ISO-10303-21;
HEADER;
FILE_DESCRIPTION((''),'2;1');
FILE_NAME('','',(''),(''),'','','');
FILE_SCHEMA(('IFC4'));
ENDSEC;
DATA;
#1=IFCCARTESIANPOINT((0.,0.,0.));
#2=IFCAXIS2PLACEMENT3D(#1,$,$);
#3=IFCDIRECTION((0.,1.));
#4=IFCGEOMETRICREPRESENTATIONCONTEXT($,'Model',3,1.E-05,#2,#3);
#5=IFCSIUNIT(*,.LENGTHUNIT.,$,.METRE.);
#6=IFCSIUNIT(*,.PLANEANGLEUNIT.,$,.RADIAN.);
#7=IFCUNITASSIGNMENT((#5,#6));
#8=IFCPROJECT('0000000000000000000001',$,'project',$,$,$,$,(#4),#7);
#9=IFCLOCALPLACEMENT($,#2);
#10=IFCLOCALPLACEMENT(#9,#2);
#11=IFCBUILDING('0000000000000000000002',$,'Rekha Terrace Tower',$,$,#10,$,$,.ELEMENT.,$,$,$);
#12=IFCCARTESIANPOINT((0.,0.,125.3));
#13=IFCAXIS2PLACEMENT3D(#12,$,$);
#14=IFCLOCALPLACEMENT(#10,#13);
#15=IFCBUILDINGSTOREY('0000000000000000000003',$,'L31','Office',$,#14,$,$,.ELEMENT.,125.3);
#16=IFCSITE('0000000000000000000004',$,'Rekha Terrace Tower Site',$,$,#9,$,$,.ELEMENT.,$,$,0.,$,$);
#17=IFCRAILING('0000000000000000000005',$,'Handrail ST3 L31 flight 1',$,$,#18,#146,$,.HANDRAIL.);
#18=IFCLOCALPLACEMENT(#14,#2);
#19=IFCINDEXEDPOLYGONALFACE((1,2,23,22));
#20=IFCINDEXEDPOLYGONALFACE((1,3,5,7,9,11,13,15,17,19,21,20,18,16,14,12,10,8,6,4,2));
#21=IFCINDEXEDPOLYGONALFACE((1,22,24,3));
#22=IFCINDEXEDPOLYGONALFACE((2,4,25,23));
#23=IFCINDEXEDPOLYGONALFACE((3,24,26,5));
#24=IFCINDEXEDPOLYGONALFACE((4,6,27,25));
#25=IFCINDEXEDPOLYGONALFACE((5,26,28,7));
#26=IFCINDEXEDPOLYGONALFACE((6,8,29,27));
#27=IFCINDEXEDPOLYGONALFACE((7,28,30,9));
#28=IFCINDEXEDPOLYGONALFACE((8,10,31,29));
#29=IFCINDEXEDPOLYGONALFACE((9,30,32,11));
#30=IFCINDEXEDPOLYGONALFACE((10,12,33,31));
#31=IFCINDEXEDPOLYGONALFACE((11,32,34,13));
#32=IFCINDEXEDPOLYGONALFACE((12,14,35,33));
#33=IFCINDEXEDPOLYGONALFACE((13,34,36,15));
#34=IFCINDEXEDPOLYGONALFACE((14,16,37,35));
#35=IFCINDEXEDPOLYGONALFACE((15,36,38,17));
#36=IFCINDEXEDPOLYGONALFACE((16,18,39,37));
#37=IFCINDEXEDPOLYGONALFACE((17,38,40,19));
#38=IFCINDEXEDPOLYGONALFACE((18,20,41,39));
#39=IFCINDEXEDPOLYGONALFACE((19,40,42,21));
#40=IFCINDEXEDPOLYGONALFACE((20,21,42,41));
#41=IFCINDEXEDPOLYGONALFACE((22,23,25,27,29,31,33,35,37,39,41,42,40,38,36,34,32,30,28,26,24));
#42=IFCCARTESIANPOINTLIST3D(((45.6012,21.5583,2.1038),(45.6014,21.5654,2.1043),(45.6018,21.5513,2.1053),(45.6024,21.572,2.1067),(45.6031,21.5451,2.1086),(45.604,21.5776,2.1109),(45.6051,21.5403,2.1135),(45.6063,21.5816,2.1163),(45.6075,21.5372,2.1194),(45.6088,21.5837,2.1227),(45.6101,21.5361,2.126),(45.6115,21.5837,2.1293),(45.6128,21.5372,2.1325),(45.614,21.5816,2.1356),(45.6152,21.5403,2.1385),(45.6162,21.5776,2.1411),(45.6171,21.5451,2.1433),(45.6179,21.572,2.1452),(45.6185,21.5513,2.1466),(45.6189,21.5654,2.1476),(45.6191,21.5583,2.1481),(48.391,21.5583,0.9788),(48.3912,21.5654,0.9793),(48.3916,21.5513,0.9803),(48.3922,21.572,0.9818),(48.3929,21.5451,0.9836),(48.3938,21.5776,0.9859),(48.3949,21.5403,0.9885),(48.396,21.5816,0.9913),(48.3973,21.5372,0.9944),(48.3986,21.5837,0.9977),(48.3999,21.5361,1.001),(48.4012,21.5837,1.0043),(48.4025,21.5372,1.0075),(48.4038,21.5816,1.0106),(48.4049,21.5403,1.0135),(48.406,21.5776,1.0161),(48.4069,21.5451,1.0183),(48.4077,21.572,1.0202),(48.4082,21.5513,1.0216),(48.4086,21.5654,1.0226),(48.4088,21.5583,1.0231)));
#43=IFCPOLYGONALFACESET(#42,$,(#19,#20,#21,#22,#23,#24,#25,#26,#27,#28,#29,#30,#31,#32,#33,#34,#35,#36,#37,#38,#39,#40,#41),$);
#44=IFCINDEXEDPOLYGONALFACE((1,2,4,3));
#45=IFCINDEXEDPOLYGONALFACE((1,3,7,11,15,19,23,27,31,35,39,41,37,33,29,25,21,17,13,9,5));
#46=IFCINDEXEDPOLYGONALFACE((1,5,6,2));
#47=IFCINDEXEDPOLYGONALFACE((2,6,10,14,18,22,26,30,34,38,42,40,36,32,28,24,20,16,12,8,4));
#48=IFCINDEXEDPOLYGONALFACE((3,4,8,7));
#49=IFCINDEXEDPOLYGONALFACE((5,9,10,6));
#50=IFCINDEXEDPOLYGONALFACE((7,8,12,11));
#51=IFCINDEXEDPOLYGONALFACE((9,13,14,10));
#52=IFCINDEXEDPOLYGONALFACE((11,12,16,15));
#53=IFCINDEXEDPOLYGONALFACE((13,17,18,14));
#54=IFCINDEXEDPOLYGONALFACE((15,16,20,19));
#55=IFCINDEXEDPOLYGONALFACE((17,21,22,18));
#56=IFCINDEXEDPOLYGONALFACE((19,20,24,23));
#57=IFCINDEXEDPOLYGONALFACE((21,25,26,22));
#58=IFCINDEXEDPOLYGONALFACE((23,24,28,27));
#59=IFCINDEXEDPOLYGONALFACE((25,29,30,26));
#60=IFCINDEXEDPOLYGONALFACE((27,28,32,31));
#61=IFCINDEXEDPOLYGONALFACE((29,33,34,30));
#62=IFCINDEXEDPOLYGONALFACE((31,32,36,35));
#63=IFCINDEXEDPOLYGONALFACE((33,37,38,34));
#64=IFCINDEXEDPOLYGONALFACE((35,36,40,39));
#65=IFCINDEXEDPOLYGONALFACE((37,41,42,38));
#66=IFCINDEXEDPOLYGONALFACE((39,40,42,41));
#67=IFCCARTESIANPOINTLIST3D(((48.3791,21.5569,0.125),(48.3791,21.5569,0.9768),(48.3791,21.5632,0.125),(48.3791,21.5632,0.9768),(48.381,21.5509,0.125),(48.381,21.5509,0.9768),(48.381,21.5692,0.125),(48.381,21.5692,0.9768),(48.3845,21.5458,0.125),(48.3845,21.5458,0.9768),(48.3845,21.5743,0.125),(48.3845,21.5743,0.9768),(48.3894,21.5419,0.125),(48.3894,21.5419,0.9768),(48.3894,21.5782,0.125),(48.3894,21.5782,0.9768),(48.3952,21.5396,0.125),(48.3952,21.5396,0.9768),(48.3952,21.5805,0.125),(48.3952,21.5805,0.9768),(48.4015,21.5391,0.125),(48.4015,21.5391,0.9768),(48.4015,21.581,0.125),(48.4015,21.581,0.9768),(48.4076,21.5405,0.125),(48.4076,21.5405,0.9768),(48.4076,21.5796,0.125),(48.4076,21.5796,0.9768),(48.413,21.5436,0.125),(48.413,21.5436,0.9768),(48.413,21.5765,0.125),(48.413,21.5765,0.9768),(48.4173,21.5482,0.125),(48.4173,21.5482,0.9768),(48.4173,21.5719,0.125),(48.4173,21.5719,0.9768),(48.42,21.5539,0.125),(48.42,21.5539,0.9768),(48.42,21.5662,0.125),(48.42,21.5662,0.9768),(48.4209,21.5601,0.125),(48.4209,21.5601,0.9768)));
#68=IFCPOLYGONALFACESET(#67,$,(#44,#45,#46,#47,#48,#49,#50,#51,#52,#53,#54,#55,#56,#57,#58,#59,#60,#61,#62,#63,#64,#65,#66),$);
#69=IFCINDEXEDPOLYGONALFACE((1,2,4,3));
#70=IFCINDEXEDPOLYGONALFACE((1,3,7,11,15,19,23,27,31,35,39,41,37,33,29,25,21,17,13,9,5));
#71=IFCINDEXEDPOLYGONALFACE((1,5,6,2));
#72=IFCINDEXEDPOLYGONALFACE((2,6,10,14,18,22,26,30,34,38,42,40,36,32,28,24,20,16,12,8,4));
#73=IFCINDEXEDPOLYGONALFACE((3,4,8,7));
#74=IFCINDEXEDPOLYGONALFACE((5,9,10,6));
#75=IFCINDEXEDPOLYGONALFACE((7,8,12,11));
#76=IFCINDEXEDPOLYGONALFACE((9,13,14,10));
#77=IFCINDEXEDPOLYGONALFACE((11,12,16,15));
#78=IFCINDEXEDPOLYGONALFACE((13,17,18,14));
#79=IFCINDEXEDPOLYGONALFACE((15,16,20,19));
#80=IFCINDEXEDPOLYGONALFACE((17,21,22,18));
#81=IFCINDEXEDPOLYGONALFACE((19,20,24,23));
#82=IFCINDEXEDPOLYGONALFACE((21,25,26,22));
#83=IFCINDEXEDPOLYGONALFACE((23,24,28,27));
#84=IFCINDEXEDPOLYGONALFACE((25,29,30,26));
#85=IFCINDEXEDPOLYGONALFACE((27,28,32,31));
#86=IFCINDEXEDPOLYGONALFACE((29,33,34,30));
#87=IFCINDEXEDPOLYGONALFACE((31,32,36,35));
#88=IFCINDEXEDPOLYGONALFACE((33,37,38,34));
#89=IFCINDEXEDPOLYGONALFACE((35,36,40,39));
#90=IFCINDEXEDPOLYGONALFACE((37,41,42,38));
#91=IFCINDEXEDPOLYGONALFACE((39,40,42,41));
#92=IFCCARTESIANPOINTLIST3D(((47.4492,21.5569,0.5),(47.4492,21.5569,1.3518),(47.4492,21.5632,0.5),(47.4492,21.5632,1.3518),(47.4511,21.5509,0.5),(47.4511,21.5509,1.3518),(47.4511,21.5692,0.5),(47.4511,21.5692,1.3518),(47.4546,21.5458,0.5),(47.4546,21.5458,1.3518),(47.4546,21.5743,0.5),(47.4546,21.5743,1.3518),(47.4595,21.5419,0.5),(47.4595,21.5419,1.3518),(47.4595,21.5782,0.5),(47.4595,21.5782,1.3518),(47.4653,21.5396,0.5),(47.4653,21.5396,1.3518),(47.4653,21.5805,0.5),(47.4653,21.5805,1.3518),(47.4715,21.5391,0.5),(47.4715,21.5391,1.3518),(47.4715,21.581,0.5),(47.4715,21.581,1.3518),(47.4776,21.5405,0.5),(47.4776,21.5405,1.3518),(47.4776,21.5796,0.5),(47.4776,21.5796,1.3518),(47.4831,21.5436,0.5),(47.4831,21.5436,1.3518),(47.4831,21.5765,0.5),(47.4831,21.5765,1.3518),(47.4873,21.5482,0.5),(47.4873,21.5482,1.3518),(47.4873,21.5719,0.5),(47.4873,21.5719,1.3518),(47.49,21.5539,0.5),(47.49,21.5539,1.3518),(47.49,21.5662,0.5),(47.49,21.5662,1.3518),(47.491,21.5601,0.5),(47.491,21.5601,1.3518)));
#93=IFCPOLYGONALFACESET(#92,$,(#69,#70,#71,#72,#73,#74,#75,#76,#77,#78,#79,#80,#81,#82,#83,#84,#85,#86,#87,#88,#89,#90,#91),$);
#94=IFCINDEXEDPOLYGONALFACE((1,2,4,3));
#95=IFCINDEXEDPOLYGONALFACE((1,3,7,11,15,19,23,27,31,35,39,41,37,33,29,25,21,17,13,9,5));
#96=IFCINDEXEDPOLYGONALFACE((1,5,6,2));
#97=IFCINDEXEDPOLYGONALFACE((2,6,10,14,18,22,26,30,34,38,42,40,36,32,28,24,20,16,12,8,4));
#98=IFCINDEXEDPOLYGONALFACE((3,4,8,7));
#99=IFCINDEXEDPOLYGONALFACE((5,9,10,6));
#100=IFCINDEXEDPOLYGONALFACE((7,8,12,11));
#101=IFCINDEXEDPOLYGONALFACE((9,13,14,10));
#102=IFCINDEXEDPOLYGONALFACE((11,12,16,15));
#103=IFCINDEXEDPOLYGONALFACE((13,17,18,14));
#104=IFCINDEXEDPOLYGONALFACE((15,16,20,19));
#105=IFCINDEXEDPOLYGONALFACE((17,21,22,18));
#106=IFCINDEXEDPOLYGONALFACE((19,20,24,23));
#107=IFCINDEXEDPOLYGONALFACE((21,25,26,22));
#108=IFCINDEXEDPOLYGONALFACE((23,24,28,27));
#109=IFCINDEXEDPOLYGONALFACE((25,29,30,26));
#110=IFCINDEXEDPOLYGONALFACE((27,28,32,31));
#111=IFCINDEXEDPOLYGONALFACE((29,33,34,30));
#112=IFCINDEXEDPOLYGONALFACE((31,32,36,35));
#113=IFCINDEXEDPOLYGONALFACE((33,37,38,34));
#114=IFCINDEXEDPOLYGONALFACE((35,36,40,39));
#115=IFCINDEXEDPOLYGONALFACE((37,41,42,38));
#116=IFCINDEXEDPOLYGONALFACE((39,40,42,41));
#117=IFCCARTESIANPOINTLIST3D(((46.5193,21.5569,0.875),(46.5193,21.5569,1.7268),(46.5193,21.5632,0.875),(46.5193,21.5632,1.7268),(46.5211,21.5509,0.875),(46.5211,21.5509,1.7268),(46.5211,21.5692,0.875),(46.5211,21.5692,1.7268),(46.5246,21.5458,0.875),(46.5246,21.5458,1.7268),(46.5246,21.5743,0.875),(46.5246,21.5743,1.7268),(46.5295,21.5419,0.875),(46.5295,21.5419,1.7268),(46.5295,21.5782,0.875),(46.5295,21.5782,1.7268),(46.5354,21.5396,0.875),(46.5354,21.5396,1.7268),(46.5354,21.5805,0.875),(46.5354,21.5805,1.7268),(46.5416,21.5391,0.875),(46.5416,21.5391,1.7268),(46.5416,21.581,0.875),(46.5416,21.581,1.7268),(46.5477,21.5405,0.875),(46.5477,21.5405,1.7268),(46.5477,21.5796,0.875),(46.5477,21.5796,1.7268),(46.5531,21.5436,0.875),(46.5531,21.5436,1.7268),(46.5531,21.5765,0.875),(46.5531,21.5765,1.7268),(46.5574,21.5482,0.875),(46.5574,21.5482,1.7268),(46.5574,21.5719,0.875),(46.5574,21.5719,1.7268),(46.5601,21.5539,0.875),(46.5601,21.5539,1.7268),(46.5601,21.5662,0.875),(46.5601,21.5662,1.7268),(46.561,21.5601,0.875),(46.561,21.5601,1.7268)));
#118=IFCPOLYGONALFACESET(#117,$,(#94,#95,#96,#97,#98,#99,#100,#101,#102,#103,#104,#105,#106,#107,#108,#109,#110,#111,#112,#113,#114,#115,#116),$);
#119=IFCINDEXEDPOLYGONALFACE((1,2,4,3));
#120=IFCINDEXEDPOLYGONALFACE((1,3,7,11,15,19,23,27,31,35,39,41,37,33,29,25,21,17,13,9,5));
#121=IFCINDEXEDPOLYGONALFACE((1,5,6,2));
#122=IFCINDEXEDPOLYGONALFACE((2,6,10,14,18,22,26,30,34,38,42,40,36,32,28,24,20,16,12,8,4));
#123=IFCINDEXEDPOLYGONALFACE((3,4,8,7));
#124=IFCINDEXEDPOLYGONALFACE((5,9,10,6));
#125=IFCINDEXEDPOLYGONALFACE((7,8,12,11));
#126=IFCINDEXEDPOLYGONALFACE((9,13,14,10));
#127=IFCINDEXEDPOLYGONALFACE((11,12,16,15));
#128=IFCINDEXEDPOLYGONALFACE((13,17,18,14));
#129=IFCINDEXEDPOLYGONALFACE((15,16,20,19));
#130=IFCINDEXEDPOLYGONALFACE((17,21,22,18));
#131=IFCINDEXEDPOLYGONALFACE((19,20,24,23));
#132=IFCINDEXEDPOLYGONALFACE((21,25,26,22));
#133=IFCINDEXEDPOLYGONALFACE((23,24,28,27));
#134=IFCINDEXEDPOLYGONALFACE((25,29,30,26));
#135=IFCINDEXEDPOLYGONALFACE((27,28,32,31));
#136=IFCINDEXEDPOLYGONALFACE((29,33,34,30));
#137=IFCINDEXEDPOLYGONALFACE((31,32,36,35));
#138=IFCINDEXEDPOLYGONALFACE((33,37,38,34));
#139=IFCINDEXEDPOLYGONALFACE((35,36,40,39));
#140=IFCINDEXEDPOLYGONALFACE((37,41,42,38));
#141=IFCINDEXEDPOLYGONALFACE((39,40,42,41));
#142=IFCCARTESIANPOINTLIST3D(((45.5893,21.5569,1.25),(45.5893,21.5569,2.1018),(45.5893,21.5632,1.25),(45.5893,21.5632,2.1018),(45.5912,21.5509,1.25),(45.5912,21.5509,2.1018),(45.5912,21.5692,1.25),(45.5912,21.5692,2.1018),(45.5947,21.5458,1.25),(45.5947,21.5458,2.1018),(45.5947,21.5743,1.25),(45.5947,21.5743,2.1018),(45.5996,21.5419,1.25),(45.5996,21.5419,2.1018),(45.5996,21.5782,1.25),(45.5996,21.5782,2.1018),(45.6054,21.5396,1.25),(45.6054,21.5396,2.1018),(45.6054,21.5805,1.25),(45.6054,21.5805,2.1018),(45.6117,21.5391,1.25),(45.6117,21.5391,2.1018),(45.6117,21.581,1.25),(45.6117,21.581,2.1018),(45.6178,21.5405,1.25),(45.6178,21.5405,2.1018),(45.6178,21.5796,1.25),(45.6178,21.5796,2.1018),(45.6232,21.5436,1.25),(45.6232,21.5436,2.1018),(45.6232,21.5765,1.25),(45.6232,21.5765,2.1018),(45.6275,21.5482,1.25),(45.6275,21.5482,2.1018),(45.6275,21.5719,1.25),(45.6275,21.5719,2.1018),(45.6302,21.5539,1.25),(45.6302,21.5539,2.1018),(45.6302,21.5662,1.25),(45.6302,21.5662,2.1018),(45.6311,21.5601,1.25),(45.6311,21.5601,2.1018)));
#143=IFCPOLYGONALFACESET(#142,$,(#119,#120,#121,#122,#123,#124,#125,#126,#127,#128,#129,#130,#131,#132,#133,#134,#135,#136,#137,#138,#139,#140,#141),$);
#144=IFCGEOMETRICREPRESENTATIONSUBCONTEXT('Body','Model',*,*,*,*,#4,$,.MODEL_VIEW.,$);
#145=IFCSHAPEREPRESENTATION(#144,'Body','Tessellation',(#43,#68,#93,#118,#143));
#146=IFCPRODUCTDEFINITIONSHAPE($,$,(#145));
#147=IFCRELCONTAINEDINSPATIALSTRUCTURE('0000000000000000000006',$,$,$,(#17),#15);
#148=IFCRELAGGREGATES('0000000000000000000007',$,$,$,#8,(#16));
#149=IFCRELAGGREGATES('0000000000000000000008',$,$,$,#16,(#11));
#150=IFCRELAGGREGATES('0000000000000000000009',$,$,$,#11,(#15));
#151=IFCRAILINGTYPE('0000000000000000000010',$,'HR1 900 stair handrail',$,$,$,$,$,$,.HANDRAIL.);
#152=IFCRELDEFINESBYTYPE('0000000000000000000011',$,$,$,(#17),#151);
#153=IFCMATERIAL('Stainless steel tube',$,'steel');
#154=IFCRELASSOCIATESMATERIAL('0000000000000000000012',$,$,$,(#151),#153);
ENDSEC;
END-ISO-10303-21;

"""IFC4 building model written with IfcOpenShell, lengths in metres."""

from ifc_helpers import new_model, si_unit, direction, frame, origin, origin_2d, place, context, subcontext, project, spatial, circle, extrude, material, type_object, element, save


model = new_model("IFC4")

# Units and contexts
model_context = context("Model", 3, precision=1e-05, world=origin(), true_north=direction((0.0, 1.0)))
body_context = subcontext(model_context, "Body", "Model", "MODEL_VIEW")
ifc_project = project(units=[si_unit("LENGTHUNIT", "METRE"), si_unit("PLANEANGLEUNIT", "RADIAN")], contexts=[model_context])

# Site, building, storey
site_placement = place(None, origin())
site = spatial("IfcSite", under=ifc_project, at=site_placement, Name="Rekha Terrace Tower Site", CompositionType="ELEMENT", RefElevation=0.0)
building_placement = place(site_placement, origin())
building = spatial("IfcBuilding", under=site, at=building_placement, Name="Rekha Terrace Tower", CompositionType="ELEMENT")
storey_placement = place(building_placement, frame((0.0, 0.0, 125.3)))
storey = spatial("IfcBuildingStorey", under=building, at=storey_placement, Name="L31", Description="Office", CompositionType="ELEMENT", Elevation=125.3)

# Railing
ifc_material_1 = material(Name="Stainless steel tube", Category="steel")
railing_type = type_object("IfcRailingType", Name="HR1 900 stair handrail", PredefinedType="HANDRAIL", material=ifc_material_1)
railing_placement = place(storey_placement, frame((48.3999, 21.5601, 0.125)))
element("IfcRailing", 1, at=railing_placement, inside=storey, type_object=railing_type, Name="Handrail ST3 L31 flight 1", PredefinedType="HANDRAIL", context=body_context, shape_type="SweptSolid", body=[
    extrude(circle(Radius=0.0239, at=origin_2d()), frame((0.0, 0.0, 0.876), z_axis=(-0.927432, 0.0, 0.373992), x_axis=(0.0, -1.0, 0.0)), (0.0, 0.0, 1.0), 3.0081),
    extrude(circle(Radius=0.021, at=origin_2d()), origin(), (0.0, 0.0, 1.0), 0.8518),
    extrude(circle(Radius=0.021, at=origin_2d()), frame((-0.9299, 0.0, 0.375)), (0.0, 0.0, 1.0), 0.8518),
    extrude(circle(Radius=0.021, at=origin_2d()), frame((-1.8599, 0.0, 0.75)), (0.0, 0.0, 1.0), 0.8518),
    extrude(circle(Radius=0.021, at=origin_2d()), frame((-2.7898, 0.0, 1.125)), (0.0, 0.0, 1.0), 0.8518),
])

save(model, "model.ifc")
